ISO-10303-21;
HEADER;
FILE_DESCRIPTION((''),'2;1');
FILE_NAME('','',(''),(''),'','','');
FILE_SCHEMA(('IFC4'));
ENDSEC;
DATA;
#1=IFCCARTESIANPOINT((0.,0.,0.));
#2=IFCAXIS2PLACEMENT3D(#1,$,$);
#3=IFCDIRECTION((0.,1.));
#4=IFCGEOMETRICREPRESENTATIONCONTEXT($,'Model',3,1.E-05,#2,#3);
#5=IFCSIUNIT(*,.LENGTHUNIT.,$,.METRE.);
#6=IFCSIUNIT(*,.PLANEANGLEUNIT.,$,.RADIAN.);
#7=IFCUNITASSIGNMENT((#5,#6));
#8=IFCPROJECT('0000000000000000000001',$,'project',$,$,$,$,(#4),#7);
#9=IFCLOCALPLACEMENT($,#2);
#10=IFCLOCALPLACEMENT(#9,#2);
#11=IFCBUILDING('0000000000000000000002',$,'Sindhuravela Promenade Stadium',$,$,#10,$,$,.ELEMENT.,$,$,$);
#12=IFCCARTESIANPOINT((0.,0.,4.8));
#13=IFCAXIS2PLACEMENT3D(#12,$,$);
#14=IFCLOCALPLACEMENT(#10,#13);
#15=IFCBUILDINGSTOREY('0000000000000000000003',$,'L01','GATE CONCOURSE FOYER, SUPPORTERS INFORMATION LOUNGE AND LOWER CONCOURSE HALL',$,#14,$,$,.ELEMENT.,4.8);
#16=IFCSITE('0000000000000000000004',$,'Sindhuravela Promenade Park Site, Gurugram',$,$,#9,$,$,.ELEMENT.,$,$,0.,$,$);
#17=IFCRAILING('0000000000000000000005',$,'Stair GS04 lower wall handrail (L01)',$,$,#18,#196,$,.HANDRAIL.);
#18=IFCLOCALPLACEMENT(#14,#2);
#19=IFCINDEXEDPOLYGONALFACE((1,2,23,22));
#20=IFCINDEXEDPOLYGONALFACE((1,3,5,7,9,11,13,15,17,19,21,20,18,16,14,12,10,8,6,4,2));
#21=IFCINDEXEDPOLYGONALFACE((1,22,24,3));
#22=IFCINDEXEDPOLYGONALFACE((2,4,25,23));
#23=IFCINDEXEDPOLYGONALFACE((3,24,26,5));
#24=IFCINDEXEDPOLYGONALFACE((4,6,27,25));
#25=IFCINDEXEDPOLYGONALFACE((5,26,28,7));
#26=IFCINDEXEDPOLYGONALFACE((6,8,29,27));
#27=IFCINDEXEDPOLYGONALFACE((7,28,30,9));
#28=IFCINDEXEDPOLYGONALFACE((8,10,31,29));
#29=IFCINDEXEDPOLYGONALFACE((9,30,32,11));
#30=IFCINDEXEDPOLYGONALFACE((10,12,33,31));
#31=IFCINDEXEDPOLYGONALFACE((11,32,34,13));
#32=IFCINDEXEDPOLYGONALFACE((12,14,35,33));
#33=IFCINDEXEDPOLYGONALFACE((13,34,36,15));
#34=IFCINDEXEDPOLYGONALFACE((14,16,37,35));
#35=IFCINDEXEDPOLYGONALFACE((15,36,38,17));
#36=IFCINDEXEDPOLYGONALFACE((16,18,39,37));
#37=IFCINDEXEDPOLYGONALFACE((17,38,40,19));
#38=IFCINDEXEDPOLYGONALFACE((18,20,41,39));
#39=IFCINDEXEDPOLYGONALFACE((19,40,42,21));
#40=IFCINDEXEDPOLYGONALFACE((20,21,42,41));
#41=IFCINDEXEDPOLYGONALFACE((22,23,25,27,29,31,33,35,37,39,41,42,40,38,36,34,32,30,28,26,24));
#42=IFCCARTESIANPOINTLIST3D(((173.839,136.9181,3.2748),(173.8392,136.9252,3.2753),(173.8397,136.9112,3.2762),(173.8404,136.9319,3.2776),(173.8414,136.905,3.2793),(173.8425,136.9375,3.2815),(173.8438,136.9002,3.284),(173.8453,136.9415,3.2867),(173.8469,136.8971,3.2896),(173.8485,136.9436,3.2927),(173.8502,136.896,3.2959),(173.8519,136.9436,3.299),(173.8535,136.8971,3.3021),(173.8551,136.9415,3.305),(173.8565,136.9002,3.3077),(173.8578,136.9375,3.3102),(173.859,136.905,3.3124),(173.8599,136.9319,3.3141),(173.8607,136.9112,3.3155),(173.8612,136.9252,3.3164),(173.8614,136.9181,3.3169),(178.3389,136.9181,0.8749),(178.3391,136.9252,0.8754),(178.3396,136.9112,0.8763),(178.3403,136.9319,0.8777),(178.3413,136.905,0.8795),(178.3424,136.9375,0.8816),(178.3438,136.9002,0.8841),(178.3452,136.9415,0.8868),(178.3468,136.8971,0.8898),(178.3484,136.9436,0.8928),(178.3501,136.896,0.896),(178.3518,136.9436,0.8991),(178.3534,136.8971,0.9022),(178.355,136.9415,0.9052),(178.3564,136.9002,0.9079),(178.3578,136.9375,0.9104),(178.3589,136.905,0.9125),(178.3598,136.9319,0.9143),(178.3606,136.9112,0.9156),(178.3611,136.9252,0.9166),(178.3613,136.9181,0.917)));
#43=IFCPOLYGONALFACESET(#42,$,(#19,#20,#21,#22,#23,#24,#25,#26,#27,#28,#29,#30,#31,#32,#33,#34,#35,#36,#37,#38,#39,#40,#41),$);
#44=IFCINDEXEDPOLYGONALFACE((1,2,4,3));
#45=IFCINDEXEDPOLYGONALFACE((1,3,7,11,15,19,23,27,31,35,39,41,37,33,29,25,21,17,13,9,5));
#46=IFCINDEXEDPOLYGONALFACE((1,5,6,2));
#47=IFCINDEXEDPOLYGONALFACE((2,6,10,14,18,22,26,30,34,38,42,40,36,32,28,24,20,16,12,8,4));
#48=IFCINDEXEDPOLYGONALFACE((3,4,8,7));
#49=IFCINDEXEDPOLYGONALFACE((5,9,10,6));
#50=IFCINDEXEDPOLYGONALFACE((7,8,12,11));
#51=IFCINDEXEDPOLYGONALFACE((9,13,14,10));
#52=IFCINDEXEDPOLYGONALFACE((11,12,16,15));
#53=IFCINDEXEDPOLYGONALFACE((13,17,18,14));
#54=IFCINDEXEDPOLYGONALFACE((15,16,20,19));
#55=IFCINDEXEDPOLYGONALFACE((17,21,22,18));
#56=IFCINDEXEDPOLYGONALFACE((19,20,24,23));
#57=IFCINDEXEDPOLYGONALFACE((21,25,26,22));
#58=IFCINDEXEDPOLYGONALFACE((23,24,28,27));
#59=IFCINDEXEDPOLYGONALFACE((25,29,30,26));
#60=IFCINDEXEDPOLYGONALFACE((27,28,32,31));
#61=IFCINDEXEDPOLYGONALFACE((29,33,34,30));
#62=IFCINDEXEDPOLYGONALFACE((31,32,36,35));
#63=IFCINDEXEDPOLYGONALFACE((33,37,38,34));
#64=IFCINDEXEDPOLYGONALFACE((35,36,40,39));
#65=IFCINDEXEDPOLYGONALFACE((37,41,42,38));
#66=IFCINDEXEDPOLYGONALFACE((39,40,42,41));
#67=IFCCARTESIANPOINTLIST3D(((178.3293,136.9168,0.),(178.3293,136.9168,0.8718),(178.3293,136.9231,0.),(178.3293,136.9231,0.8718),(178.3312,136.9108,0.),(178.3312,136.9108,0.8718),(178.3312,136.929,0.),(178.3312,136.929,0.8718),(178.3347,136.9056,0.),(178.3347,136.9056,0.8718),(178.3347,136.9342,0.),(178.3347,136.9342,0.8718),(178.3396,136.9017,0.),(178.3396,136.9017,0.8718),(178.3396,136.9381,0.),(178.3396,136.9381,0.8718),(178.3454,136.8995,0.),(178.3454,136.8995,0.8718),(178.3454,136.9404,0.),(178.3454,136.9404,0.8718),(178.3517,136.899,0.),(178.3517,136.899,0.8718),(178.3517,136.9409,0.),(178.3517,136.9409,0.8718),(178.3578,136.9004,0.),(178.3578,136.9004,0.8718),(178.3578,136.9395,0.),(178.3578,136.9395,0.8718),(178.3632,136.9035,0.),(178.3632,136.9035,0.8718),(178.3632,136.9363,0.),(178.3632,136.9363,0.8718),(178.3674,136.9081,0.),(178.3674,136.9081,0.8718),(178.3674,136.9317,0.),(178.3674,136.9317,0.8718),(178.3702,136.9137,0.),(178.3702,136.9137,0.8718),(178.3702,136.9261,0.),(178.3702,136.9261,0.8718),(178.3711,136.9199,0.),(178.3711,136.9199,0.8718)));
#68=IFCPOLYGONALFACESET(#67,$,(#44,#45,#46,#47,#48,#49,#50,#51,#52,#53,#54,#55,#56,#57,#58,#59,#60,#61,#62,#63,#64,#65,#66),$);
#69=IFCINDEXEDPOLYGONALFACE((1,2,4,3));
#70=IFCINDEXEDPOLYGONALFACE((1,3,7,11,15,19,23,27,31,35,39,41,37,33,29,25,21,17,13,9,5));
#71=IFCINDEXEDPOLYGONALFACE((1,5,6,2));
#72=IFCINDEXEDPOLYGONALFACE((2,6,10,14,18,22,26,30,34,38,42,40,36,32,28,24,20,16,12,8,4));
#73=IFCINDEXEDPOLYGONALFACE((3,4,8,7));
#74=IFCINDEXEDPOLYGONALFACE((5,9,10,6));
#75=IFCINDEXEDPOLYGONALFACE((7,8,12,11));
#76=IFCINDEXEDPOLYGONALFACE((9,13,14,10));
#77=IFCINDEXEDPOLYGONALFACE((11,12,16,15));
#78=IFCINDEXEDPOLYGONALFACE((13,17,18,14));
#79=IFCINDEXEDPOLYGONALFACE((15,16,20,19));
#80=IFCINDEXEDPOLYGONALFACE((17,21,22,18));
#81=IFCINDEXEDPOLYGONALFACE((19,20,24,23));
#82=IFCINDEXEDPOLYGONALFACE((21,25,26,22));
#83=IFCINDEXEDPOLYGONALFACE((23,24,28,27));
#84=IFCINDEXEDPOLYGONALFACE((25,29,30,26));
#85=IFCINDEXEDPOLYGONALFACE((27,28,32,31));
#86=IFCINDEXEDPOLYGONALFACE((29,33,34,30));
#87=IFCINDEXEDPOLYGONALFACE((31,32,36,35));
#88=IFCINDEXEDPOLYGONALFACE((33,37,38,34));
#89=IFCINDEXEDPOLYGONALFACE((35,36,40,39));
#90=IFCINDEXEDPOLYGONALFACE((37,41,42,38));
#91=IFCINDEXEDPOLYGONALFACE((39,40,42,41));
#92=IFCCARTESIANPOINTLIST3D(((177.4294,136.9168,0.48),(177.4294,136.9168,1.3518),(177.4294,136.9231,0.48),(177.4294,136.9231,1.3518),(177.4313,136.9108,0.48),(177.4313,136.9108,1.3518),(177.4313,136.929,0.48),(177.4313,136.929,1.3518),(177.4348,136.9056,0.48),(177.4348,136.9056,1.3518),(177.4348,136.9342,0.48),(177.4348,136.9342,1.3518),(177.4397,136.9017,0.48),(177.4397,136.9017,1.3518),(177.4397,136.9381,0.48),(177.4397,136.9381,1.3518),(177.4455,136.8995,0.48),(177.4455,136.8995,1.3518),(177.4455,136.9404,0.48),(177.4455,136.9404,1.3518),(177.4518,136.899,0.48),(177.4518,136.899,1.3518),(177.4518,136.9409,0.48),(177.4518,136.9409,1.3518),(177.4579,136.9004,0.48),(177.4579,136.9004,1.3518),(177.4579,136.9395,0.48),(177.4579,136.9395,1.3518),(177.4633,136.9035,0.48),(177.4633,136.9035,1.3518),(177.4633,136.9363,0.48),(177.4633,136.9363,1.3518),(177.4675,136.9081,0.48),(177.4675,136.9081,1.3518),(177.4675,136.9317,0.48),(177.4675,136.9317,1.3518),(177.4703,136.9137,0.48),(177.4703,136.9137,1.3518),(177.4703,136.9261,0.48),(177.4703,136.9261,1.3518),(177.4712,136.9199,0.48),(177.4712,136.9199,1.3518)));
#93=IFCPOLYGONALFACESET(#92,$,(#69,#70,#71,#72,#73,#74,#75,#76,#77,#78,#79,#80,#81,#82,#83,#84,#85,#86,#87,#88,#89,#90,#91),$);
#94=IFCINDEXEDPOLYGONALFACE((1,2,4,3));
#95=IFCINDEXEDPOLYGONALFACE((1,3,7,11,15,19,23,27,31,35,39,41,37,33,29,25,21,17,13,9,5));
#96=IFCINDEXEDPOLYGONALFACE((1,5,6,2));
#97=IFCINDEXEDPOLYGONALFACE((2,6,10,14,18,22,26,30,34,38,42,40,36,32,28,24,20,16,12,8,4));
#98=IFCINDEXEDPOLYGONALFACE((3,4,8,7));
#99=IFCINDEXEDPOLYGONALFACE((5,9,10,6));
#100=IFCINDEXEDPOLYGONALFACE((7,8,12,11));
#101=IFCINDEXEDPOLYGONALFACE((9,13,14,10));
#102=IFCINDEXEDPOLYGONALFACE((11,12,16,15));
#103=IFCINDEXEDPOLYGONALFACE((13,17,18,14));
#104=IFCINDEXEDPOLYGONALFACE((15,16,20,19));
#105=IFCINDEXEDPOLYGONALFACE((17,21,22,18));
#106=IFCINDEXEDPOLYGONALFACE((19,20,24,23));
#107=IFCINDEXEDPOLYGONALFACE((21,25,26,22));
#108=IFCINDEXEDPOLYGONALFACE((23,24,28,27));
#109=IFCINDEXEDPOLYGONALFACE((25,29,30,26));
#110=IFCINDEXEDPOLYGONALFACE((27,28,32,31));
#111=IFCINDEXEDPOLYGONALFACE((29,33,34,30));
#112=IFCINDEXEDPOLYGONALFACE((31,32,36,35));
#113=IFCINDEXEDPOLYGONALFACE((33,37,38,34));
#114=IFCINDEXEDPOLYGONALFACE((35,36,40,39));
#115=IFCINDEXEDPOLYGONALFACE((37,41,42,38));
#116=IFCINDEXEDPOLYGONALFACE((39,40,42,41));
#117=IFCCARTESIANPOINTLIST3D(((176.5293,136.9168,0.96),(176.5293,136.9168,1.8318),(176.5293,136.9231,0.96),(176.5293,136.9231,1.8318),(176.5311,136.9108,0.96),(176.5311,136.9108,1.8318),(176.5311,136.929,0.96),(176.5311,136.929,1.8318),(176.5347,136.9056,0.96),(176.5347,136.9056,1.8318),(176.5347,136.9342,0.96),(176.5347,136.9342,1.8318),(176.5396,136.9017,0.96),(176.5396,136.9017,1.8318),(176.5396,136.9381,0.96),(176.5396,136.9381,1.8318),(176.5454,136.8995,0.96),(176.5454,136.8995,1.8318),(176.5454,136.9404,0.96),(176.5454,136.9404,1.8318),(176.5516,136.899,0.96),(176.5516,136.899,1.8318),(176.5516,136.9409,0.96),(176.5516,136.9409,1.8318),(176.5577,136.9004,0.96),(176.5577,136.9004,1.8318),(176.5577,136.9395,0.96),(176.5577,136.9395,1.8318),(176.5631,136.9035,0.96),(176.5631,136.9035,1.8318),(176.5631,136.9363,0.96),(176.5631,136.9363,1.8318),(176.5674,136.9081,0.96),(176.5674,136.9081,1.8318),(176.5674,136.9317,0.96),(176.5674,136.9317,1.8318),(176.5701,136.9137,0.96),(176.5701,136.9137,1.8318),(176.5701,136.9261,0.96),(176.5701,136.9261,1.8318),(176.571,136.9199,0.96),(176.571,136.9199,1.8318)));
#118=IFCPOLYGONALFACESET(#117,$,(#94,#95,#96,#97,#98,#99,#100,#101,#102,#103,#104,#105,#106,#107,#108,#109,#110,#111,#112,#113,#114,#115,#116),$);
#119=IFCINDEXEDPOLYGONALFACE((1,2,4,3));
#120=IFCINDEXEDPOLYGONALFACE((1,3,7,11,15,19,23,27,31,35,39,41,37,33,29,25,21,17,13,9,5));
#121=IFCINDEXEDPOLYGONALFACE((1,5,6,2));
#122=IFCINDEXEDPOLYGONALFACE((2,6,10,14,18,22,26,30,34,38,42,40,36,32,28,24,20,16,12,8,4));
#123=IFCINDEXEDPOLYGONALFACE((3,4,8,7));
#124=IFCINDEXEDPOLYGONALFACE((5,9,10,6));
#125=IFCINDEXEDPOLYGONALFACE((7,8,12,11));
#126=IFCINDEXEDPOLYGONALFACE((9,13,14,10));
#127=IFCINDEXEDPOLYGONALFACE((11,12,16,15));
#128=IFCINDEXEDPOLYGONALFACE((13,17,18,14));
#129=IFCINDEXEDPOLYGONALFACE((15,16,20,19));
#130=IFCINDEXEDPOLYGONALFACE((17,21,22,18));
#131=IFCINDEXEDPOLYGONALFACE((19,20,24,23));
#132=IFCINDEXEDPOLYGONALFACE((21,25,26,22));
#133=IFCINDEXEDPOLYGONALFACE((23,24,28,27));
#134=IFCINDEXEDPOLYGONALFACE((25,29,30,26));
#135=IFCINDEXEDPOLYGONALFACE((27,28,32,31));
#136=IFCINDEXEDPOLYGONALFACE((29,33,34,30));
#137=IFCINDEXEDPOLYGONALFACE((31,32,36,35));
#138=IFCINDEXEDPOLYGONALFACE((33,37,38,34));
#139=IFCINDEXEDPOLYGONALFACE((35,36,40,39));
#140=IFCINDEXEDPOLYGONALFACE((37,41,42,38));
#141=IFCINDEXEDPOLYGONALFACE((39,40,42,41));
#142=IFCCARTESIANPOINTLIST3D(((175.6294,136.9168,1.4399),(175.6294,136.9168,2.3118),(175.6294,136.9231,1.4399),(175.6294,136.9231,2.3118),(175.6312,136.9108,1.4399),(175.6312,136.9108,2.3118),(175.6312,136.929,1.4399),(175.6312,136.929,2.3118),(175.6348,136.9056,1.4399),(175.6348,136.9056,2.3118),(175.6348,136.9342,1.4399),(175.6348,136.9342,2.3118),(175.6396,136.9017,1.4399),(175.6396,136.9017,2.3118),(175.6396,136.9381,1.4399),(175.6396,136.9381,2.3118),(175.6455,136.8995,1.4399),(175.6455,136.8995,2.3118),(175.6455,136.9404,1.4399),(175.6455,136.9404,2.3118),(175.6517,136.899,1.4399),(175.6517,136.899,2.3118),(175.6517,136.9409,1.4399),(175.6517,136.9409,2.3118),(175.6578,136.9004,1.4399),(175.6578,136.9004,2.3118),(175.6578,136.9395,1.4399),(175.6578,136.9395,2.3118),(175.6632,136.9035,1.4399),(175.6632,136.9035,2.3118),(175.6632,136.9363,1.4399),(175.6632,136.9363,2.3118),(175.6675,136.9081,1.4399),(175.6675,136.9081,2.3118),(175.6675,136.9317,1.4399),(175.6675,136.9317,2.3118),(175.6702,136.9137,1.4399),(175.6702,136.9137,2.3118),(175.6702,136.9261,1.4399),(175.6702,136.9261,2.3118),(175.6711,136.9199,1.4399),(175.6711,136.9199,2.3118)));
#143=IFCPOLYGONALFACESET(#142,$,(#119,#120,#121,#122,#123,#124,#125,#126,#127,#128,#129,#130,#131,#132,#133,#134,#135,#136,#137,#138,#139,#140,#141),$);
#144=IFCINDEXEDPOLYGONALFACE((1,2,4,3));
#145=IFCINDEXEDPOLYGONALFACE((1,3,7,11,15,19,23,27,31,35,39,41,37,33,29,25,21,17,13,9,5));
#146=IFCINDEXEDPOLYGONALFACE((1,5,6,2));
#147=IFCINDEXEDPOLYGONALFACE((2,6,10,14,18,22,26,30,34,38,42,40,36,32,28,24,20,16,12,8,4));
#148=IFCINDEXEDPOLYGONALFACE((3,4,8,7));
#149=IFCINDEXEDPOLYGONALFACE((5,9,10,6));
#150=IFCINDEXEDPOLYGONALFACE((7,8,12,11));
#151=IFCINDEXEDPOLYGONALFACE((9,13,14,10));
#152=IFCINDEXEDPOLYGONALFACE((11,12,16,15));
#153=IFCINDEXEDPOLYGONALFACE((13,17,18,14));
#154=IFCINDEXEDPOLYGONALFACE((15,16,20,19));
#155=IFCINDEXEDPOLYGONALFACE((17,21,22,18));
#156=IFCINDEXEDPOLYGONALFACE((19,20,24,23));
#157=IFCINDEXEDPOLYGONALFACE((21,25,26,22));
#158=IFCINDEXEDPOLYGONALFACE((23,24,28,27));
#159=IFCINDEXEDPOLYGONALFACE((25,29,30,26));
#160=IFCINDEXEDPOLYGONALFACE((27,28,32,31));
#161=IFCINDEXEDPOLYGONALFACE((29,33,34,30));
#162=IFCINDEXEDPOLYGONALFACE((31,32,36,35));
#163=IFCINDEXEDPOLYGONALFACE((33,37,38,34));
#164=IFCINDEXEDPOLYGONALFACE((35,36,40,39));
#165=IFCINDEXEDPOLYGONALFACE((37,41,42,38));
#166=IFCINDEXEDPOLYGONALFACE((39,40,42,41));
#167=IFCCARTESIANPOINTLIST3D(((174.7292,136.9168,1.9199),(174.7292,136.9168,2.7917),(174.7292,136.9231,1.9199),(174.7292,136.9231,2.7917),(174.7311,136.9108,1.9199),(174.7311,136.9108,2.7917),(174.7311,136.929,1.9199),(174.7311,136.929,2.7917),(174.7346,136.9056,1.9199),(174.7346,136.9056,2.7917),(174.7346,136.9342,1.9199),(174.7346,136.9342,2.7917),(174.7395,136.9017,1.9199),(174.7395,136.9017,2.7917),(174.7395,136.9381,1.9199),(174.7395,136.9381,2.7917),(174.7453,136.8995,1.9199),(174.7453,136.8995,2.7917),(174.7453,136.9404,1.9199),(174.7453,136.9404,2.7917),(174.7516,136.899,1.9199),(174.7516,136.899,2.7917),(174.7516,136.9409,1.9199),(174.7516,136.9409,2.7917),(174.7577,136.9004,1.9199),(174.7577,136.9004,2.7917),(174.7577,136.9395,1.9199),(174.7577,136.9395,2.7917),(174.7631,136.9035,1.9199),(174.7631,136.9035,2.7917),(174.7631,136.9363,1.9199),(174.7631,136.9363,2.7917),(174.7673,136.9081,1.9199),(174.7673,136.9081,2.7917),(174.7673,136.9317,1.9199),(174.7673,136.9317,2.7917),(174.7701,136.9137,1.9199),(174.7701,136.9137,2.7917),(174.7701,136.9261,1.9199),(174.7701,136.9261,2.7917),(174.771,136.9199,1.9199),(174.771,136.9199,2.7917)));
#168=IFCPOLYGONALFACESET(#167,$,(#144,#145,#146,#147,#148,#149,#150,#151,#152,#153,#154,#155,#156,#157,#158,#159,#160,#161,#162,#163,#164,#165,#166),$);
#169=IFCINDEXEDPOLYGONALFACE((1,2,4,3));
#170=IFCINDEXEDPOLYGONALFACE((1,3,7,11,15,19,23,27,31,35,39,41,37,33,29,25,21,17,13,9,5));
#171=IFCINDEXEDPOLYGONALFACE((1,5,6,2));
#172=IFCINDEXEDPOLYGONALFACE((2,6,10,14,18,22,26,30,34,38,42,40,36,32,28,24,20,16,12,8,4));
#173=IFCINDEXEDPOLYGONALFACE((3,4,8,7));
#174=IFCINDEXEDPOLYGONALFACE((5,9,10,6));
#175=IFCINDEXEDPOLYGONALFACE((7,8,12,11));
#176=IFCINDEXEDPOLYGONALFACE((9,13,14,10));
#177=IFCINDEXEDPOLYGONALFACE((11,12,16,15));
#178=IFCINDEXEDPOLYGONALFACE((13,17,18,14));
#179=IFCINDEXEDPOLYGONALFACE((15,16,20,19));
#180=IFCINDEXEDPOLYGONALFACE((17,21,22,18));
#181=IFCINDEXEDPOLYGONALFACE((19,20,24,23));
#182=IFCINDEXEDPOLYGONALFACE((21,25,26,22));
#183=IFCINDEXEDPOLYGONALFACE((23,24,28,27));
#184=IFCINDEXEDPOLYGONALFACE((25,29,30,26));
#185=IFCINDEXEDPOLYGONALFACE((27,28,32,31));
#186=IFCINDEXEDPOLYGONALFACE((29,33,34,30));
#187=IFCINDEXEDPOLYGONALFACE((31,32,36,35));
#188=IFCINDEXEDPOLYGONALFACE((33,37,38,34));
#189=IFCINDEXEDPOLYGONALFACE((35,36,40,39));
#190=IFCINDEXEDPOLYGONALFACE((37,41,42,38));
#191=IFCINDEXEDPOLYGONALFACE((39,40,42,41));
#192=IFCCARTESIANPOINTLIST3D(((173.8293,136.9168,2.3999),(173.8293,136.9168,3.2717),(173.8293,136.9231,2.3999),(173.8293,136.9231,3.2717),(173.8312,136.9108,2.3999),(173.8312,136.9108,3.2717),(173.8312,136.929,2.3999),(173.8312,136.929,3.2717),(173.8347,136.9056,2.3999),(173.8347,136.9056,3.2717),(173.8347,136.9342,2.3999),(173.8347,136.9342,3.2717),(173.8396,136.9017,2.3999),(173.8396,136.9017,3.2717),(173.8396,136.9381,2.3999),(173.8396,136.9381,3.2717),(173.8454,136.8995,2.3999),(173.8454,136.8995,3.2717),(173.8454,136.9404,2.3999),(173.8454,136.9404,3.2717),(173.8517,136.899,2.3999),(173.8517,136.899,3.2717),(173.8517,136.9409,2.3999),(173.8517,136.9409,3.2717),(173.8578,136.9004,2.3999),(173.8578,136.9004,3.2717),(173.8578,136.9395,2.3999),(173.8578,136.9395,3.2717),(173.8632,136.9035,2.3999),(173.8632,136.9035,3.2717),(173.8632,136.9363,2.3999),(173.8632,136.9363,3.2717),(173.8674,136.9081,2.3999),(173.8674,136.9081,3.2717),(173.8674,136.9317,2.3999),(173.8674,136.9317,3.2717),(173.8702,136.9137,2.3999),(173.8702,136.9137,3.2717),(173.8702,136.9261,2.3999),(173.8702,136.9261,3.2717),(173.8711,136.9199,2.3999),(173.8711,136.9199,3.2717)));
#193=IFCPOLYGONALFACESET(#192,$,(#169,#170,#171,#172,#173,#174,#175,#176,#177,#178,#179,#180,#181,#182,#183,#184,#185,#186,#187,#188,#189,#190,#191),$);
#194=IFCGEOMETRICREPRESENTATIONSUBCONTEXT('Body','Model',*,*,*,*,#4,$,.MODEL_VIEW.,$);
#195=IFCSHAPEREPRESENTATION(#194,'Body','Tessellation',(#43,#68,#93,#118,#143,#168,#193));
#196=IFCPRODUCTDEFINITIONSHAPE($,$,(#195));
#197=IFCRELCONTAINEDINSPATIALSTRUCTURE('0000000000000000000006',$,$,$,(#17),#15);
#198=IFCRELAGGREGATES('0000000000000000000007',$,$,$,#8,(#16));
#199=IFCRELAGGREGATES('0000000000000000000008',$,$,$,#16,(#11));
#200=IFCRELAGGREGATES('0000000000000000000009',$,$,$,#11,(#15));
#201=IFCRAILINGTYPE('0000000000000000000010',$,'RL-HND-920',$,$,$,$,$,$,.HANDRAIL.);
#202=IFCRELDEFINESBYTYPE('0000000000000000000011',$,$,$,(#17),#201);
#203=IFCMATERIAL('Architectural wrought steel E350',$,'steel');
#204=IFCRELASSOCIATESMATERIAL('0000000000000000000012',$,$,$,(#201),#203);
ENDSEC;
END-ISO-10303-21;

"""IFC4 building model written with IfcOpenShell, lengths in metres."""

from ifc_helpers import new_model, si_unit, direction, frame, origin, origin_2d, place, context, subcontext, project, spatial, circle, extrude, material, type_object, element, save


model = new_model("IFC4")

# Units and contexts
model_context = context("Model", 3, precision=1e-05, world=origin(), true_north=direction((0.0, 1.0)))
body_context = subcontext(model_context, "Body", "Model", "MODEL_VIEW")
ifc_project = project(units=[si_unit("LENGTHUNIT", "METRE"), si_unit("PLANEANGLEUNIT", "RADIAN")], contexts=[model_context])

# Site, building, storey
site_placement = place(None, origin())
site = spatial("IfcSite", under=ifc_project, at=site_placement, Name="Sindhuravela Promenade Park Site, Gurugram", CompositionType="ELEMENT", RefElevation=0.0)
building_placement = place(site_placement, origin())
building = spatial("IfcBuilding", under=site, at=building_placement, Name="Sindhuravela Promenade Stadium", CompositionType="ELEMENT")
storey_placement = place(building_placement, frame((0.0, 0.0, 4.8)))
storey = spatial("IfcBuildingStorey", under=building, at=storey_placement, Name="L01", Description="GATE CONCOURSE FOYER, SUPPORTERS INFORMATION LOUNGE AND LOWER CONCOURSE HALL", CompositionType="ELEMENT", Elevation=4.8)

# Railing
ifc_material_1 = material(Name="Architectural wrought steel E350", Category="steel")
railing_type_1 = type_object("IfcRailingType", Name="RL-HND-920", PredefinedType="HANDRAIL", material=ifc_material_1)
railing_1_placement = place(storey_placement, frame((178.3501, 136.9199, 0.0)))
element("IfcRailing", 1, at=railing_1_placement, inside=storey, type_object=railing_type_1, Name="Stair GS04 lower wall handrail (L01)", PredefinedType="HANDRAIL", context=body_context, shape_type="SweptSolid", body=[
    extrude(circle(Radius=0.0239, at=origin_2d()), frame((0.0, 0.0, 0.896), z_axis=(-0.882361, 0.0, 0.470573), x_axis=(0.0, -1.0, 0.0)), (0.0, 0.0, 1.0), 5.0999),
    extrude(circle(Radius=0.021, at=origin_2d()), origin(), (0.0, 0.0, 1.0), 0.8718),
    extrude(circle(Radius=0.021, at=origin_2d()), frame((-0.8999, 0.0, 0.48)), (0.0, 0.0, 1.0), 0.8718),
    extrude(circle(Radius=0.021, at=origin_2d()), frame((-1.8, 0.0, 0.96)), (0.0, 0.0, 1.0), 0.8718),
    extrude(circle(Radius=0.021, at=origin_2d()), frame((-2.7, 0.0, 1.4399)), (0.0, 0.0, 1.0), 0.8718),
    extrude(circle(Radius=0.021, at=origin_2d()), frame((-3.6001, 0.0, 1.9199)), (0.0, 0.0, 1.0), 0.8718),
    extrude(circle(Radius=0.021, at=origin_2d()), frame((-4.5, 0.0, 2.3999)), (0.0, 0.0, 1.0), 0.8718),
])

save(model, "model.ifc")
